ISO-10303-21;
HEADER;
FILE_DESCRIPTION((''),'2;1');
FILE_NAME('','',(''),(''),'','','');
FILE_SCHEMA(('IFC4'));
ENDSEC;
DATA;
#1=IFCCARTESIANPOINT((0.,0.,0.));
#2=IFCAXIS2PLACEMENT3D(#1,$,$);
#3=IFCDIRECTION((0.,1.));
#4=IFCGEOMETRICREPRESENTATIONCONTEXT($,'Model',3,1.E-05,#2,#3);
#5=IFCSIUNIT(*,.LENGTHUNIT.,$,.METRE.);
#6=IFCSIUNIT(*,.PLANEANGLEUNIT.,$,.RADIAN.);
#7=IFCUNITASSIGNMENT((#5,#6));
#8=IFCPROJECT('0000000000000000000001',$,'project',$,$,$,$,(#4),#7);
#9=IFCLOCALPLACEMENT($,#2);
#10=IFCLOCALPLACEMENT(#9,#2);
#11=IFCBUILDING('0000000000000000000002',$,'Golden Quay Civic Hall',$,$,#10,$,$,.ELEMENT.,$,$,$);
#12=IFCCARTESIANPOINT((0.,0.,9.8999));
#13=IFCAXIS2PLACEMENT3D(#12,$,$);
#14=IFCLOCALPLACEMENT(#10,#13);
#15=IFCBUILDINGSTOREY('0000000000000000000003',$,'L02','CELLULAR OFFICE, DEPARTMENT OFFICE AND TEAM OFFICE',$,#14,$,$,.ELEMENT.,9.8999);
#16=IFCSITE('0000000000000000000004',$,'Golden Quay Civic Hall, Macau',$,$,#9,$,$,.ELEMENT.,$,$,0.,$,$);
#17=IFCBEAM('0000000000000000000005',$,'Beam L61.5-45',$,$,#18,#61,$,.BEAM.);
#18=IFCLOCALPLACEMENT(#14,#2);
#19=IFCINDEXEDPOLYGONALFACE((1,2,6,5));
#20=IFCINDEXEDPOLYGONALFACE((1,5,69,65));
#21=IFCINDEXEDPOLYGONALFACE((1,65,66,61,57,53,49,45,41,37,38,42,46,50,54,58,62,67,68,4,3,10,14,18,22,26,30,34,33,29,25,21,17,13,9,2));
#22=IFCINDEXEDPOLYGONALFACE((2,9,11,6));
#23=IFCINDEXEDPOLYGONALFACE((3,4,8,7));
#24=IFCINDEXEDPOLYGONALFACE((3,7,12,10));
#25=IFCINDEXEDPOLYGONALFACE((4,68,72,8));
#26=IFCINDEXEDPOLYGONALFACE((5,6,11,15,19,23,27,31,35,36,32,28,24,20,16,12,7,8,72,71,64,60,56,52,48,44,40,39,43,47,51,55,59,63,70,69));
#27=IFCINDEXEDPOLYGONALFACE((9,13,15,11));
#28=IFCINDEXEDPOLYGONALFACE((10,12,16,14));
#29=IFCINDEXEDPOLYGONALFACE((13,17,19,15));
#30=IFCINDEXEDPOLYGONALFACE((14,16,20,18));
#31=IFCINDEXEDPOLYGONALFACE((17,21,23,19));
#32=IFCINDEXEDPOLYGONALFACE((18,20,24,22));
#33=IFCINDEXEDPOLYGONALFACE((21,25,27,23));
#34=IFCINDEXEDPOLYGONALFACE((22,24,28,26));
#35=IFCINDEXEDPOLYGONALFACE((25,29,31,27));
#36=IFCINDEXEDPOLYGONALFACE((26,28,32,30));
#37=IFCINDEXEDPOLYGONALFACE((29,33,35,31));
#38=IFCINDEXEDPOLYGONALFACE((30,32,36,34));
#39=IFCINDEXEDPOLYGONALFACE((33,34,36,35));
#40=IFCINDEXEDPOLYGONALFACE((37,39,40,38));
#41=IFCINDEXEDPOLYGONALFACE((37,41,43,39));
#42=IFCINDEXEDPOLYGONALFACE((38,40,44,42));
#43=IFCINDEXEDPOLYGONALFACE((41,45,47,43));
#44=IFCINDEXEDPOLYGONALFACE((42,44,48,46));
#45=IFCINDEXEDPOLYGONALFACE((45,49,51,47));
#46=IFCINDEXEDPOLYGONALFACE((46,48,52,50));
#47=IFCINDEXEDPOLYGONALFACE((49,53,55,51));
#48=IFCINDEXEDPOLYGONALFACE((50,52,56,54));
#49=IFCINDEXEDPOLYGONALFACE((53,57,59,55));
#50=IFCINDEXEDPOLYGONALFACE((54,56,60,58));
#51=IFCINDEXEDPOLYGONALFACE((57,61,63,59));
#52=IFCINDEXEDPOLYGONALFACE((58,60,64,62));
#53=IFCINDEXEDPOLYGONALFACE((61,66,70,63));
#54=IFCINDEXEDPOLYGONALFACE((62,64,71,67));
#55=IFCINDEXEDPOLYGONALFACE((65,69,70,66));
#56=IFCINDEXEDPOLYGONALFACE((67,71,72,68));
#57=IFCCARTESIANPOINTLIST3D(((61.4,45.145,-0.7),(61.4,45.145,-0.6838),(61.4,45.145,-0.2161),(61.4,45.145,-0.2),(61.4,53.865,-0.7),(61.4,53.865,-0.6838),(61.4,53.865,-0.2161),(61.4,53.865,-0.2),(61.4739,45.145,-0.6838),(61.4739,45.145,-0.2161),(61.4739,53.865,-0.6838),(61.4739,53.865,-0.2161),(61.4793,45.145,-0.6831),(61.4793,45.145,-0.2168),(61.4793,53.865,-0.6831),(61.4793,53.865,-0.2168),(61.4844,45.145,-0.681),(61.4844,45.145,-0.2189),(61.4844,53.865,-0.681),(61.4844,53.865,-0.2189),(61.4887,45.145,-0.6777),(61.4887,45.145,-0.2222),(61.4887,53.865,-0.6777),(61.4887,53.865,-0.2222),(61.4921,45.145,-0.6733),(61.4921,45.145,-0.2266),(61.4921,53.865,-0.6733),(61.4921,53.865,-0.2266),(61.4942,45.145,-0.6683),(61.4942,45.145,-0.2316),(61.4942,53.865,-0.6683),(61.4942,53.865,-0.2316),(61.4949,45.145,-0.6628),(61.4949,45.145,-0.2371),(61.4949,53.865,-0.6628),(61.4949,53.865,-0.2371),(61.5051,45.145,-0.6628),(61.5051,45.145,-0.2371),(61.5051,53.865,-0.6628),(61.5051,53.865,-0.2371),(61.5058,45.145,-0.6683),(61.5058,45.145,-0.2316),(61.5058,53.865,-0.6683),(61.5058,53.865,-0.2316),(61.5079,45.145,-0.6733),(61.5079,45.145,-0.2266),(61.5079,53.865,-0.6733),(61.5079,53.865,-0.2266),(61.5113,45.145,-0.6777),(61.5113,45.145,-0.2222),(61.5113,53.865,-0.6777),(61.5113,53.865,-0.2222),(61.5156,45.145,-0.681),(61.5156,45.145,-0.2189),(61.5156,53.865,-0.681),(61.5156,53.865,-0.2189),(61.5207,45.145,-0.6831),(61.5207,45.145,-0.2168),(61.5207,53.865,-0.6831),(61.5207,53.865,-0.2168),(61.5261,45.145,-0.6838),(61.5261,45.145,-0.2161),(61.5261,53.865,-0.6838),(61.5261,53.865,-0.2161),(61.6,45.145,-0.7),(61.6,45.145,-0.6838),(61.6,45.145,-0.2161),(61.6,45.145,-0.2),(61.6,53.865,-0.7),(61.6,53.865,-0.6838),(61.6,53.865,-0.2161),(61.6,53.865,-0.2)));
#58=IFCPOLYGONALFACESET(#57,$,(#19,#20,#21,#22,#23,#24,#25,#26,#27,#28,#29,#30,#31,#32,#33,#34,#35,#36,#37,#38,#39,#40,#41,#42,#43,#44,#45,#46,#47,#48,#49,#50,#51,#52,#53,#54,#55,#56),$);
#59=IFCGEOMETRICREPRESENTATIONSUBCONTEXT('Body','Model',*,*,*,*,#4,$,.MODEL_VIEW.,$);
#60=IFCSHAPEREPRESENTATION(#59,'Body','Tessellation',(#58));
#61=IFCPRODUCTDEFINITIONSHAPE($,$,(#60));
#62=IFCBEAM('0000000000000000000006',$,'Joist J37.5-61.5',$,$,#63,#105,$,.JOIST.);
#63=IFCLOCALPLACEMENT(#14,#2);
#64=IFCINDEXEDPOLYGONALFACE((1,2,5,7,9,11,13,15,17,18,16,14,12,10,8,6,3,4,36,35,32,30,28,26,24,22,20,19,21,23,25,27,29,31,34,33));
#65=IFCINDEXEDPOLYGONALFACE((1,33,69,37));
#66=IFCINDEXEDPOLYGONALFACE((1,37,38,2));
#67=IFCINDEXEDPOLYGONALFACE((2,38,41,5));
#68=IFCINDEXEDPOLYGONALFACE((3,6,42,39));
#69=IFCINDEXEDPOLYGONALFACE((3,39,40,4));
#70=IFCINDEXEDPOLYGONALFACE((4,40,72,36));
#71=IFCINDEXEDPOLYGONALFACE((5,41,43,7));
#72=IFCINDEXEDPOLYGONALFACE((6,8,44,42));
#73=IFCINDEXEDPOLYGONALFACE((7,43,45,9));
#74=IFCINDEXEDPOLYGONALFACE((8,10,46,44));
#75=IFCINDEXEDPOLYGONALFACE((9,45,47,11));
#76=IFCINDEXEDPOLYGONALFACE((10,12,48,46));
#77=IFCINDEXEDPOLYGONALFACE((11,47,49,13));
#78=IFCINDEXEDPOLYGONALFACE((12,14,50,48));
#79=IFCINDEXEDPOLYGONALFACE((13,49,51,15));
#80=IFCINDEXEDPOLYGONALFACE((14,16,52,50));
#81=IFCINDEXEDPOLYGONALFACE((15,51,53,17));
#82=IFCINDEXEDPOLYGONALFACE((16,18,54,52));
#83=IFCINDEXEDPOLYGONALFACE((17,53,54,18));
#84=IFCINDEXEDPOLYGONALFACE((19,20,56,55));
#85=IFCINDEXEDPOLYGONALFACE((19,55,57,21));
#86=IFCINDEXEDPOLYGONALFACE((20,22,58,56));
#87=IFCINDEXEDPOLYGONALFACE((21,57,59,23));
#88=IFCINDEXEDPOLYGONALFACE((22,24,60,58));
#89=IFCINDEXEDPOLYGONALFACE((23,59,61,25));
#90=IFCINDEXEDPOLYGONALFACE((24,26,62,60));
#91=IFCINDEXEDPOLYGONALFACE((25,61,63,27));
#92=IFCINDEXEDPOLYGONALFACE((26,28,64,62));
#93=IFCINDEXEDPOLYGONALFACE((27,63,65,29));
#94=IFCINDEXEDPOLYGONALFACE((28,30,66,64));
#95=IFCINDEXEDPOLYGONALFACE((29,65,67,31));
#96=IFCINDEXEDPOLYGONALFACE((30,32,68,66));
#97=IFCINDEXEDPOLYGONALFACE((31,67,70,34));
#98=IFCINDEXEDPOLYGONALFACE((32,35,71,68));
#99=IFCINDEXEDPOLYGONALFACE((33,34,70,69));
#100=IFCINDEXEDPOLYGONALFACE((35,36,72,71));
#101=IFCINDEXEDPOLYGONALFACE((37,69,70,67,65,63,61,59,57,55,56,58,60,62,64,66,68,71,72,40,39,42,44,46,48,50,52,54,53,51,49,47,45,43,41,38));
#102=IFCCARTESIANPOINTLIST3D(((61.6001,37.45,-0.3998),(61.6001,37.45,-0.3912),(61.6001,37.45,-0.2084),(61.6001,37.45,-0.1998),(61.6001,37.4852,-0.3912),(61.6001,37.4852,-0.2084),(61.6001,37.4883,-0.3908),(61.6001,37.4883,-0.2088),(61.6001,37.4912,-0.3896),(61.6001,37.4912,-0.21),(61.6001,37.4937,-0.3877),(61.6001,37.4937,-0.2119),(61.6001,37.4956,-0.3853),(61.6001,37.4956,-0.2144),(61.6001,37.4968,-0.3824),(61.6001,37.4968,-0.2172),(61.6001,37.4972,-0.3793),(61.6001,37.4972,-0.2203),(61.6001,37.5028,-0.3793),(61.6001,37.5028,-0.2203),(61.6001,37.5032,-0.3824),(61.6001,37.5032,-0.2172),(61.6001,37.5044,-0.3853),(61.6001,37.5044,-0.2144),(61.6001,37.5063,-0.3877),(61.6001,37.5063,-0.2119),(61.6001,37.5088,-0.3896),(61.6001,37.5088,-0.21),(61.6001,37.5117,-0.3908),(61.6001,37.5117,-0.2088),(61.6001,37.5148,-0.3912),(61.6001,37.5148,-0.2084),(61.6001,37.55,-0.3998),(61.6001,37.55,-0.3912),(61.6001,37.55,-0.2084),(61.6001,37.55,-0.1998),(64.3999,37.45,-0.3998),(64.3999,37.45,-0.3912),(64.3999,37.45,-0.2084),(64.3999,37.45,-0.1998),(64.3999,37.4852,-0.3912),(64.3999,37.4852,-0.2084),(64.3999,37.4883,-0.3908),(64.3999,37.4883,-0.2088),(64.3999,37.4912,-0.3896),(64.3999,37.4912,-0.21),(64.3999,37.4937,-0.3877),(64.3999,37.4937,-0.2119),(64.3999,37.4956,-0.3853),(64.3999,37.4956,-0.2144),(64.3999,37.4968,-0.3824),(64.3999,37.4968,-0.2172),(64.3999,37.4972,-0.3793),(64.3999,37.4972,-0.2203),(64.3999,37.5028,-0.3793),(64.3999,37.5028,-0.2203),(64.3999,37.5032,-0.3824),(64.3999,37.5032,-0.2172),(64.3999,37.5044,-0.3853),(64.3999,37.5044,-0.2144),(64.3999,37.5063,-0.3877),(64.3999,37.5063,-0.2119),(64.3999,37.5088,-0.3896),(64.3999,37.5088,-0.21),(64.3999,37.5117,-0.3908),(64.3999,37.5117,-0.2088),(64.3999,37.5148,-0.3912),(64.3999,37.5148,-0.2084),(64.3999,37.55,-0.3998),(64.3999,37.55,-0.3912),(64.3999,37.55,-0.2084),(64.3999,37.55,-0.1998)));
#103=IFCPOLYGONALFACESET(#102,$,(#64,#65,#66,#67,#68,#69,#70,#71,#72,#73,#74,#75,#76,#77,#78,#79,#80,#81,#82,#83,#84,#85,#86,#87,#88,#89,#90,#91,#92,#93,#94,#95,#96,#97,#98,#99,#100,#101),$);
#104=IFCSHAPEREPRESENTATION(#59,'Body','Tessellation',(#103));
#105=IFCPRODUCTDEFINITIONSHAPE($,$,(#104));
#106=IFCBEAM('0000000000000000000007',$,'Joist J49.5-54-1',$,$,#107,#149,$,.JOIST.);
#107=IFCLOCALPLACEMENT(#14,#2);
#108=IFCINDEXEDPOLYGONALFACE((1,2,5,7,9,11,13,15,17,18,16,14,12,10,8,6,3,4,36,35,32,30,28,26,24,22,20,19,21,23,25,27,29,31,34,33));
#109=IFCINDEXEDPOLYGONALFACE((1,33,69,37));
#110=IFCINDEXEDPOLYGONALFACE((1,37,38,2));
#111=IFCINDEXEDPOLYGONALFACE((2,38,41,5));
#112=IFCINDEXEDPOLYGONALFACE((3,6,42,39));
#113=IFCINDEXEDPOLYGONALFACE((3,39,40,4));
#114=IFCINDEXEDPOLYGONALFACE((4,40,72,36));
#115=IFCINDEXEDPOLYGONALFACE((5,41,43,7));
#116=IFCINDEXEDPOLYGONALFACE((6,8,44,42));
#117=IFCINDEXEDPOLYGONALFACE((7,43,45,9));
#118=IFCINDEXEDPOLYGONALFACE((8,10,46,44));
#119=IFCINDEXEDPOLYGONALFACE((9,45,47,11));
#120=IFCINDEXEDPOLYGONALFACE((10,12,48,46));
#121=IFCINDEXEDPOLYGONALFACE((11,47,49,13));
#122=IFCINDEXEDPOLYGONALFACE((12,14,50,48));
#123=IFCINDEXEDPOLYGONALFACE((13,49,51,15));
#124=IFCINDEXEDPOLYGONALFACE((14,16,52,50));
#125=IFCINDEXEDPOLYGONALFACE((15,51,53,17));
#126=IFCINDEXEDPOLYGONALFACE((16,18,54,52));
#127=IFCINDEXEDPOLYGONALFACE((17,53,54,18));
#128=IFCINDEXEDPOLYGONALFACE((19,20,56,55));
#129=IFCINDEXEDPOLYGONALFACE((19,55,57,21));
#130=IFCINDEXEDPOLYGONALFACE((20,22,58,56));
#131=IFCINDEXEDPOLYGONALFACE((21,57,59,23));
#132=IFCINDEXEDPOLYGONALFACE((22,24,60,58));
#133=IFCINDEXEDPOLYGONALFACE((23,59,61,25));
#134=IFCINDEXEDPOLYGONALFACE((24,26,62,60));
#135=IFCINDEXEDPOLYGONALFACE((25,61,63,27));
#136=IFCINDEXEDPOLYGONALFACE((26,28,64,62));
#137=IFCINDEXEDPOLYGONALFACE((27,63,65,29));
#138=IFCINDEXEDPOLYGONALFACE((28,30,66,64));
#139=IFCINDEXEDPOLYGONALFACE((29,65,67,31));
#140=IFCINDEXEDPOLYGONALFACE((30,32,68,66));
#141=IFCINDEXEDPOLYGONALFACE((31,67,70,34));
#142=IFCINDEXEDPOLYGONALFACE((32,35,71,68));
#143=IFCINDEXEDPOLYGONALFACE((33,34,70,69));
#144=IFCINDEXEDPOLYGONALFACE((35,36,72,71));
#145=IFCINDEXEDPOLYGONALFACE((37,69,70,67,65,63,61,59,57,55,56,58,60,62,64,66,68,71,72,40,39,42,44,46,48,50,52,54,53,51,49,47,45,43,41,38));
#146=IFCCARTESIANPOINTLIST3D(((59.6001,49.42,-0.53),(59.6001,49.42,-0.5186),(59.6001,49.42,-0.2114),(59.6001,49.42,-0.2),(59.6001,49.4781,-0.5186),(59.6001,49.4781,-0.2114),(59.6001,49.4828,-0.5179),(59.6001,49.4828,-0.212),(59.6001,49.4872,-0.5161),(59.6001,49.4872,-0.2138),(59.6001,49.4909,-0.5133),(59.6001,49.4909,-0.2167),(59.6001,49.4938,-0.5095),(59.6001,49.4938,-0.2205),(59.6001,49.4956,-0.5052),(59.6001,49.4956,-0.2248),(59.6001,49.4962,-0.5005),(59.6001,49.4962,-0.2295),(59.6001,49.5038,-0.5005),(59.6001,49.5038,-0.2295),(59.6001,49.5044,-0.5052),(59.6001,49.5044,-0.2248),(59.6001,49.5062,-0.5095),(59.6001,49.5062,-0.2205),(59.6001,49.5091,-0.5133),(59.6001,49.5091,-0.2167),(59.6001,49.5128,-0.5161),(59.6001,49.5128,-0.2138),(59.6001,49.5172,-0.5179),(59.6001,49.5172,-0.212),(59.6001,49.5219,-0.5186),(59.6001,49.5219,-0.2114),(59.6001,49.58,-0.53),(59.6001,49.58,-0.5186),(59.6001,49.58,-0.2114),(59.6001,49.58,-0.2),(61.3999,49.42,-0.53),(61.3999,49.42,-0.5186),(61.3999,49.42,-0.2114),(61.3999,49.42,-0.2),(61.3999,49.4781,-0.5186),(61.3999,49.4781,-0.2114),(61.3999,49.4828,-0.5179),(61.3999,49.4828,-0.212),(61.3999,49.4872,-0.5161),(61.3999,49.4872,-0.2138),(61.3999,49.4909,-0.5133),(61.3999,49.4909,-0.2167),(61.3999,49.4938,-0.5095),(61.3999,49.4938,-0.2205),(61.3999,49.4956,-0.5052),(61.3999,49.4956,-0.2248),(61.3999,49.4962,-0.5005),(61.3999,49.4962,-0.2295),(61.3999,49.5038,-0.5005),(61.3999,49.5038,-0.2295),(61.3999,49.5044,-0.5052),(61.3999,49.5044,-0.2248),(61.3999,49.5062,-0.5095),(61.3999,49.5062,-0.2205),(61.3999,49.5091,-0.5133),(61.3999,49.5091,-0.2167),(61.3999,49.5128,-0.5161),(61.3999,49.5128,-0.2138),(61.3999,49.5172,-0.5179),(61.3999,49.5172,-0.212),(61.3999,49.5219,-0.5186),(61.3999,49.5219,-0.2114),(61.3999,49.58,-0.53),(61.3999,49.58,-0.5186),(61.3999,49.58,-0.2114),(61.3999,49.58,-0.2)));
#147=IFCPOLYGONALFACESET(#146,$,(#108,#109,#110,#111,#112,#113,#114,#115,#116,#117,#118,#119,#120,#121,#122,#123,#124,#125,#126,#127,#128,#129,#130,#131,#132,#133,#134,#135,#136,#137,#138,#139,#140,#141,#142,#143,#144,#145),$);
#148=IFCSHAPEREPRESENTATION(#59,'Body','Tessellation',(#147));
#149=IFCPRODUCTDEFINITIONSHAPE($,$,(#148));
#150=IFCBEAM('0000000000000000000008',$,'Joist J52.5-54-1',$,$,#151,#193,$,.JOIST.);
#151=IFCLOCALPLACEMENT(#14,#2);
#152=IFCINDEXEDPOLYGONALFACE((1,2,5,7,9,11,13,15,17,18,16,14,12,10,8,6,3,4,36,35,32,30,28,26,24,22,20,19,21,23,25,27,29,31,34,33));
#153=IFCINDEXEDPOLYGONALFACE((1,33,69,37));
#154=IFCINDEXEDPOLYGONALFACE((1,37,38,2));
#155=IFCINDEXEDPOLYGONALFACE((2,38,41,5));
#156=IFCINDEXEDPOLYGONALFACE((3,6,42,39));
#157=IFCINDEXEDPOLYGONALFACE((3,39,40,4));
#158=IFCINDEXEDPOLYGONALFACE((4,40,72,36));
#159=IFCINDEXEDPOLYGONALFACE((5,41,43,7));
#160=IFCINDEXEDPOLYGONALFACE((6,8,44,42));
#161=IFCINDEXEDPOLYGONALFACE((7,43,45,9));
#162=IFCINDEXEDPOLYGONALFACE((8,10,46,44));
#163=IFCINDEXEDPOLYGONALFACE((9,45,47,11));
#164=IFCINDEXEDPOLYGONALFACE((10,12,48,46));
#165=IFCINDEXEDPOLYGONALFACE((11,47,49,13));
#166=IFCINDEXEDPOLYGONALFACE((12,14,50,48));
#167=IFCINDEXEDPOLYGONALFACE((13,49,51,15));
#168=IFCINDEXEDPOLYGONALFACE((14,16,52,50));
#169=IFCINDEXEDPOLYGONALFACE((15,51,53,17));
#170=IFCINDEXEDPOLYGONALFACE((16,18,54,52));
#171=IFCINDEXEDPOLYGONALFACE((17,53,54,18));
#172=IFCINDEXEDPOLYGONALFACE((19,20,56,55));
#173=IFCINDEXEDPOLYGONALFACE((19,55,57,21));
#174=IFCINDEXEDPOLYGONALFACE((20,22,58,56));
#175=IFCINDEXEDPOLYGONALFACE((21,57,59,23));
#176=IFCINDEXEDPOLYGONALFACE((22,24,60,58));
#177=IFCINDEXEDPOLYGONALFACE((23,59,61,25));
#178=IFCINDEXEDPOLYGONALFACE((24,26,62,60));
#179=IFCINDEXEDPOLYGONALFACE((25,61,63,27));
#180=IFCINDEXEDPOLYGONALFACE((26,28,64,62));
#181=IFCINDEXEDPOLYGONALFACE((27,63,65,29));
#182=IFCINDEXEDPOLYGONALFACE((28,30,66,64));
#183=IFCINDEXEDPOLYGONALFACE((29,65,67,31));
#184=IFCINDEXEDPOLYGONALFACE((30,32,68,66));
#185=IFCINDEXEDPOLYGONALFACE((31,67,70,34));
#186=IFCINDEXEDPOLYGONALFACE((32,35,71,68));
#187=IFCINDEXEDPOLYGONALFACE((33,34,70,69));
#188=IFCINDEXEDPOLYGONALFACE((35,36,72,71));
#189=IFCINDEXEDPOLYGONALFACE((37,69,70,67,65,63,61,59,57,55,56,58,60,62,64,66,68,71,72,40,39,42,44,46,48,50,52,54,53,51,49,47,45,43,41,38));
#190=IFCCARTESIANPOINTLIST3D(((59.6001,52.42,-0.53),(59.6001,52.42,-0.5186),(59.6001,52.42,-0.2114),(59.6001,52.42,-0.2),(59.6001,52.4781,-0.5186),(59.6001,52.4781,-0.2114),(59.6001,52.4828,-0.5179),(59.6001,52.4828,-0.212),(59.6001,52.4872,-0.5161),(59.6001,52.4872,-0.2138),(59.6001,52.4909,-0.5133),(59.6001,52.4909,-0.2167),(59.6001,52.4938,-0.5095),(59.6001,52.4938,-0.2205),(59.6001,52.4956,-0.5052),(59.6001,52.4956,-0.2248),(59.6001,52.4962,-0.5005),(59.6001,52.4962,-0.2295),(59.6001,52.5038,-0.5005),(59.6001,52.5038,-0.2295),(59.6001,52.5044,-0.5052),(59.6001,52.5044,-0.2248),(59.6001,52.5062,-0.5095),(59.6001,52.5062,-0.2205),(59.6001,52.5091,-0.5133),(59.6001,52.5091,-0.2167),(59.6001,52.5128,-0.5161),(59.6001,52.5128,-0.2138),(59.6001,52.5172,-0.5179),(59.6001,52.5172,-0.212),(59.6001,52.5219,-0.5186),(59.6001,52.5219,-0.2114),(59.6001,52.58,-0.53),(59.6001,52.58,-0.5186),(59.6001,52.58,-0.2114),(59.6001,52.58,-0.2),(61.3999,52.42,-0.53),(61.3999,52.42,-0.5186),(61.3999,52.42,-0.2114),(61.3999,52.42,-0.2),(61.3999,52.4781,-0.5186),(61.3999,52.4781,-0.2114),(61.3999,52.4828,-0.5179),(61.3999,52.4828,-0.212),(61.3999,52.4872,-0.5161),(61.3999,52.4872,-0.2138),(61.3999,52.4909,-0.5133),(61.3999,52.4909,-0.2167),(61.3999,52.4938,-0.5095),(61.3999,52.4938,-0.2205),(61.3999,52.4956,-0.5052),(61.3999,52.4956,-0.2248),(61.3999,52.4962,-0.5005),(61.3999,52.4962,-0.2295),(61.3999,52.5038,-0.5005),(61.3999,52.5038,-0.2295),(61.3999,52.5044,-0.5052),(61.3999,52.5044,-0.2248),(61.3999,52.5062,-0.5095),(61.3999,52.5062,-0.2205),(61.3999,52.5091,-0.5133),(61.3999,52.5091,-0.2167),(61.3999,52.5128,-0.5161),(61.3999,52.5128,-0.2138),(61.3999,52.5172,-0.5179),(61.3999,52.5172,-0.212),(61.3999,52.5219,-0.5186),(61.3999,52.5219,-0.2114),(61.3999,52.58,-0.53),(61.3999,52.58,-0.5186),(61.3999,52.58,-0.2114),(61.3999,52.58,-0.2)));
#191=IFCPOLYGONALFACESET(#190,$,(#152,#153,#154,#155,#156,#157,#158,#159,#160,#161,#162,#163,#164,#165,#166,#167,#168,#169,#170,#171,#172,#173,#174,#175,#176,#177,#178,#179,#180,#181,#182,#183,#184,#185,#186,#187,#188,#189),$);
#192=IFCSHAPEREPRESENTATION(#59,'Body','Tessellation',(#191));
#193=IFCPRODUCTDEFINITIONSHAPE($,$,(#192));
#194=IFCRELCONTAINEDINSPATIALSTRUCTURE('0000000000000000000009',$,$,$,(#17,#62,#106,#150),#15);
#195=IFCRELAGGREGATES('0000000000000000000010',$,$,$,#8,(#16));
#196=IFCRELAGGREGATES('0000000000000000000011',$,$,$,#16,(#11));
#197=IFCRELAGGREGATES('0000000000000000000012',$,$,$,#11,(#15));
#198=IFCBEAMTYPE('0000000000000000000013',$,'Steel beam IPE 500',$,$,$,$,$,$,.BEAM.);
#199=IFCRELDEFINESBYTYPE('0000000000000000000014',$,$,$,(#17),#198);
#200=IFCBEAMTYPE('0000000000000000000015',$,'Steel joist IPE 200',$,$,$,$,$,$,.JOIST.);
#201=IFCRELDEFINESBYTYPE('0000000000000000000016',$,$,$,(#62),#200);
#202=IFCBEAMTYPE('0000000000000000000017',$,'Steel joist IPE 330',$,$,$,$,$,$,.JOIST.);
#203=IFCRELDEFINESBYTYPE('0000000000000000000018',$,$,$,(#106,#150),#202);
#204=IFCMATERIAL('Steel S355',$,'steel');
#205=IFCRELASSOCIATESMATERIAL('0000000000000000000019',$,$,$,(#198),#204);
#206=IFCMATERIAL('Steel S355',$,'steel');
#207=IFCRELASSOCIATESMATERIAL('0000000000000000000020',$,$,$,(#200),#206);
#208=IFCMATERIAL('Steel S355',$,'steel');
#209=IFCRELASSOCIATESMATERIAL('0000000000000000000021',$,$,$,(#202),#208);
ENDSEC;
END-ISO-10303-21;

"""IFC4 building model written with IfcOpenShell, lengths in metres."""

from ifc_helpers import new_model, si_unit, direction, frame, origin, origin_2d, place, context, subcontext, project, spatial, i_section, extrude, material, material_profile, profile_set, type_object, element, save


model = new_model("IFC4")

# Units and contexts
model_context = context("Model", 3, precision=1e-05, world=origin(), true_north=direction((0.0, 1.0)))
body_context = subcontext(model_context, "Body", "Model", "MODEL_VIEW")
ifc_project = project(units=[si_unit("LENGTHUNIT", "METRE"), si_unit("PLANEANGLEUNIT", "RADIAN")], contexts=[model_context])

# Site, building, storey
site_placement = place(None, origin())
site = spatial("IfcSite", under=ifc_project, at=site_placement, Name="Golden Quay Civic Hall, Macau", CompositionType="ELEMENT", RefElevation=0.0)
building_placement = place(site_placement, origin())
building = spatial("IfcBuilding", under=site, at=building_placement, Name="Golden Quay Civic Hall", CompositionType="ELEMENT")
storey_placement = place(building_placement, frame((0.0, 0.0, 9.8999)))
storey = spatial("IfcBuildingStorey", under=building, at=storey_placement, Name="L02", Description="CELLULAR OFFICE, DEPARTMENT OFFICE AND TEAM OFFICE", CompositionType="ELEMENT", Elevation=9.8999)

# Beams
ifc_material_1 = material(Name="Steel S355", Category="steel")
ifc_material_profile_1 = material_profile(ifc_material_1, i_section(OverallWidth=0.2, OverallDepth=0.5, WebThickness=0.0103, FlangeThickness=0.0161, FilletRadius=0.021, at=origin_2d()), Name="IPE 500")
ifc_profile_set_1 = profile_set([ifc_material_profile_1], Name="Steel S355")
beam_type_1 = type_object("IfcBeamType", Name="Steel beam IPE 500", PredefinedType="BEAM", material=ifc_profile_set_1)
beam_1_placement = place(storey_placement, frame((61.5, 45.145, -0.45), z_axis=(0.0, 1.0, 0.0), x_axis=(-1.0, 0.0, 0.0)))
element("IfcBeam", 1, at=beam_1_placement, inside=storey, type_object=beam_type_1, Name="Beam L61.5-45", PredefinedType="BEAM", context=body_context, shape_type="SweptSolid", body=[
    extrude(i_section(OverallWidth=0.2, OverallDepth=0.5, WebThickness=0.0103, FlangeThickness=0.0161, FilletRadius=0.021, at=origin_2d()), origin(), (0.0, 0.0, 1.0), 8.72),
])
ifc_material_2 = material(Name="Steel S355", Category="steel")
ifc_material_profile_2 = material_profile(ifc_material_2, i_section(OverallWidth=0.1001, OverallDepth=0.2, WebThickness=0.0056, FlangeThickness=0.0085, FilletRadius=0.012, at=origin_2d()), Name="IPE 200")
ifc_profile_set_2 = profile_set([ifc_material_profile_2], Name="Steel S355")
beam_type_2 = type_object("IfcBeamType", Name="Steel joist IPE 200", PredefinedType="JOIST", material=ifc_profile_set_2)
beam_2_placement = place(storey_placement, frame((61.6001, 37.5, -0.2998), z_axis=(1.0, 0.0, 0.0), x_axis=(0.0, 1.0, 0.0)))
element("IfcBeam", 2, at=beam_2_placement, inside=storey, type_object=beam_type_2, Name="Joist J37.5-61.5", PredefinedType="JOIST", context=body_context, shape_type="SweptSolid", body=[
    extrude(i_section(OverallWidth=0.1001, OverallDepth=0.2, WebThickness=0.0056, FlangeThickness=0.0085, FilletRadius=0.012, at=origin_2d()), origin(), (0.0, 0.0, 1.0), 2.7998),
])
ifc_material_3 = material(Name="Steel S355", Category="steel")
ifc_material_profile_3 = material_profile(ifc_material_3, i_section(OverallWidth=0.1599, OverallDepth=0.3301, WebThickness=0.0076, FlangeThickness=0.0115, FilletRadius=0.0181, at=origin_2d()), Name="IPE 330")
ifc_profile_set_3 = profile_set([ifc_material_profile_3], Name="Steel S355")
beam_type_3 = type_object("IfcBeamType", Name="Steel joist IPE 330", PredefinedType="JOIST", material=ifc_profile_set_3)
for number, where, z_axis, x_axis, name in (
    (3, (59.6001, 49.5, -0.365), (1.0, 0.0, 0.0), (0.0, 1.0, 0.0), "Joist J49.5-54-1"),
    (4, (59.6001, 52.5, -0.365), (1.0, 0.0, 0.0), (0.0, 1.0, 0.0), "Joist J52.5-54-1"),
):
    element("IfcBeam", number, at=place(storey_placement, frame(where, z_axis=z_axis, x_axis=x_axis)), inside=storey, type_object=beam_type_3, Name=name, PredefinedType="JOIST", context=body_context, shape_type="SweptSolid", body=[
        extrude(i_section(OverallWidth=0.1599, OverallDepth=0.3301, WebThickness=0.0076, FlangeThickness=0.0115, FilletRadius=0.0181, at=origin_2d()), origin(), (0.0, 0.0, 1.0), 1.7998),
    ])

save(model, "model.ifc")
